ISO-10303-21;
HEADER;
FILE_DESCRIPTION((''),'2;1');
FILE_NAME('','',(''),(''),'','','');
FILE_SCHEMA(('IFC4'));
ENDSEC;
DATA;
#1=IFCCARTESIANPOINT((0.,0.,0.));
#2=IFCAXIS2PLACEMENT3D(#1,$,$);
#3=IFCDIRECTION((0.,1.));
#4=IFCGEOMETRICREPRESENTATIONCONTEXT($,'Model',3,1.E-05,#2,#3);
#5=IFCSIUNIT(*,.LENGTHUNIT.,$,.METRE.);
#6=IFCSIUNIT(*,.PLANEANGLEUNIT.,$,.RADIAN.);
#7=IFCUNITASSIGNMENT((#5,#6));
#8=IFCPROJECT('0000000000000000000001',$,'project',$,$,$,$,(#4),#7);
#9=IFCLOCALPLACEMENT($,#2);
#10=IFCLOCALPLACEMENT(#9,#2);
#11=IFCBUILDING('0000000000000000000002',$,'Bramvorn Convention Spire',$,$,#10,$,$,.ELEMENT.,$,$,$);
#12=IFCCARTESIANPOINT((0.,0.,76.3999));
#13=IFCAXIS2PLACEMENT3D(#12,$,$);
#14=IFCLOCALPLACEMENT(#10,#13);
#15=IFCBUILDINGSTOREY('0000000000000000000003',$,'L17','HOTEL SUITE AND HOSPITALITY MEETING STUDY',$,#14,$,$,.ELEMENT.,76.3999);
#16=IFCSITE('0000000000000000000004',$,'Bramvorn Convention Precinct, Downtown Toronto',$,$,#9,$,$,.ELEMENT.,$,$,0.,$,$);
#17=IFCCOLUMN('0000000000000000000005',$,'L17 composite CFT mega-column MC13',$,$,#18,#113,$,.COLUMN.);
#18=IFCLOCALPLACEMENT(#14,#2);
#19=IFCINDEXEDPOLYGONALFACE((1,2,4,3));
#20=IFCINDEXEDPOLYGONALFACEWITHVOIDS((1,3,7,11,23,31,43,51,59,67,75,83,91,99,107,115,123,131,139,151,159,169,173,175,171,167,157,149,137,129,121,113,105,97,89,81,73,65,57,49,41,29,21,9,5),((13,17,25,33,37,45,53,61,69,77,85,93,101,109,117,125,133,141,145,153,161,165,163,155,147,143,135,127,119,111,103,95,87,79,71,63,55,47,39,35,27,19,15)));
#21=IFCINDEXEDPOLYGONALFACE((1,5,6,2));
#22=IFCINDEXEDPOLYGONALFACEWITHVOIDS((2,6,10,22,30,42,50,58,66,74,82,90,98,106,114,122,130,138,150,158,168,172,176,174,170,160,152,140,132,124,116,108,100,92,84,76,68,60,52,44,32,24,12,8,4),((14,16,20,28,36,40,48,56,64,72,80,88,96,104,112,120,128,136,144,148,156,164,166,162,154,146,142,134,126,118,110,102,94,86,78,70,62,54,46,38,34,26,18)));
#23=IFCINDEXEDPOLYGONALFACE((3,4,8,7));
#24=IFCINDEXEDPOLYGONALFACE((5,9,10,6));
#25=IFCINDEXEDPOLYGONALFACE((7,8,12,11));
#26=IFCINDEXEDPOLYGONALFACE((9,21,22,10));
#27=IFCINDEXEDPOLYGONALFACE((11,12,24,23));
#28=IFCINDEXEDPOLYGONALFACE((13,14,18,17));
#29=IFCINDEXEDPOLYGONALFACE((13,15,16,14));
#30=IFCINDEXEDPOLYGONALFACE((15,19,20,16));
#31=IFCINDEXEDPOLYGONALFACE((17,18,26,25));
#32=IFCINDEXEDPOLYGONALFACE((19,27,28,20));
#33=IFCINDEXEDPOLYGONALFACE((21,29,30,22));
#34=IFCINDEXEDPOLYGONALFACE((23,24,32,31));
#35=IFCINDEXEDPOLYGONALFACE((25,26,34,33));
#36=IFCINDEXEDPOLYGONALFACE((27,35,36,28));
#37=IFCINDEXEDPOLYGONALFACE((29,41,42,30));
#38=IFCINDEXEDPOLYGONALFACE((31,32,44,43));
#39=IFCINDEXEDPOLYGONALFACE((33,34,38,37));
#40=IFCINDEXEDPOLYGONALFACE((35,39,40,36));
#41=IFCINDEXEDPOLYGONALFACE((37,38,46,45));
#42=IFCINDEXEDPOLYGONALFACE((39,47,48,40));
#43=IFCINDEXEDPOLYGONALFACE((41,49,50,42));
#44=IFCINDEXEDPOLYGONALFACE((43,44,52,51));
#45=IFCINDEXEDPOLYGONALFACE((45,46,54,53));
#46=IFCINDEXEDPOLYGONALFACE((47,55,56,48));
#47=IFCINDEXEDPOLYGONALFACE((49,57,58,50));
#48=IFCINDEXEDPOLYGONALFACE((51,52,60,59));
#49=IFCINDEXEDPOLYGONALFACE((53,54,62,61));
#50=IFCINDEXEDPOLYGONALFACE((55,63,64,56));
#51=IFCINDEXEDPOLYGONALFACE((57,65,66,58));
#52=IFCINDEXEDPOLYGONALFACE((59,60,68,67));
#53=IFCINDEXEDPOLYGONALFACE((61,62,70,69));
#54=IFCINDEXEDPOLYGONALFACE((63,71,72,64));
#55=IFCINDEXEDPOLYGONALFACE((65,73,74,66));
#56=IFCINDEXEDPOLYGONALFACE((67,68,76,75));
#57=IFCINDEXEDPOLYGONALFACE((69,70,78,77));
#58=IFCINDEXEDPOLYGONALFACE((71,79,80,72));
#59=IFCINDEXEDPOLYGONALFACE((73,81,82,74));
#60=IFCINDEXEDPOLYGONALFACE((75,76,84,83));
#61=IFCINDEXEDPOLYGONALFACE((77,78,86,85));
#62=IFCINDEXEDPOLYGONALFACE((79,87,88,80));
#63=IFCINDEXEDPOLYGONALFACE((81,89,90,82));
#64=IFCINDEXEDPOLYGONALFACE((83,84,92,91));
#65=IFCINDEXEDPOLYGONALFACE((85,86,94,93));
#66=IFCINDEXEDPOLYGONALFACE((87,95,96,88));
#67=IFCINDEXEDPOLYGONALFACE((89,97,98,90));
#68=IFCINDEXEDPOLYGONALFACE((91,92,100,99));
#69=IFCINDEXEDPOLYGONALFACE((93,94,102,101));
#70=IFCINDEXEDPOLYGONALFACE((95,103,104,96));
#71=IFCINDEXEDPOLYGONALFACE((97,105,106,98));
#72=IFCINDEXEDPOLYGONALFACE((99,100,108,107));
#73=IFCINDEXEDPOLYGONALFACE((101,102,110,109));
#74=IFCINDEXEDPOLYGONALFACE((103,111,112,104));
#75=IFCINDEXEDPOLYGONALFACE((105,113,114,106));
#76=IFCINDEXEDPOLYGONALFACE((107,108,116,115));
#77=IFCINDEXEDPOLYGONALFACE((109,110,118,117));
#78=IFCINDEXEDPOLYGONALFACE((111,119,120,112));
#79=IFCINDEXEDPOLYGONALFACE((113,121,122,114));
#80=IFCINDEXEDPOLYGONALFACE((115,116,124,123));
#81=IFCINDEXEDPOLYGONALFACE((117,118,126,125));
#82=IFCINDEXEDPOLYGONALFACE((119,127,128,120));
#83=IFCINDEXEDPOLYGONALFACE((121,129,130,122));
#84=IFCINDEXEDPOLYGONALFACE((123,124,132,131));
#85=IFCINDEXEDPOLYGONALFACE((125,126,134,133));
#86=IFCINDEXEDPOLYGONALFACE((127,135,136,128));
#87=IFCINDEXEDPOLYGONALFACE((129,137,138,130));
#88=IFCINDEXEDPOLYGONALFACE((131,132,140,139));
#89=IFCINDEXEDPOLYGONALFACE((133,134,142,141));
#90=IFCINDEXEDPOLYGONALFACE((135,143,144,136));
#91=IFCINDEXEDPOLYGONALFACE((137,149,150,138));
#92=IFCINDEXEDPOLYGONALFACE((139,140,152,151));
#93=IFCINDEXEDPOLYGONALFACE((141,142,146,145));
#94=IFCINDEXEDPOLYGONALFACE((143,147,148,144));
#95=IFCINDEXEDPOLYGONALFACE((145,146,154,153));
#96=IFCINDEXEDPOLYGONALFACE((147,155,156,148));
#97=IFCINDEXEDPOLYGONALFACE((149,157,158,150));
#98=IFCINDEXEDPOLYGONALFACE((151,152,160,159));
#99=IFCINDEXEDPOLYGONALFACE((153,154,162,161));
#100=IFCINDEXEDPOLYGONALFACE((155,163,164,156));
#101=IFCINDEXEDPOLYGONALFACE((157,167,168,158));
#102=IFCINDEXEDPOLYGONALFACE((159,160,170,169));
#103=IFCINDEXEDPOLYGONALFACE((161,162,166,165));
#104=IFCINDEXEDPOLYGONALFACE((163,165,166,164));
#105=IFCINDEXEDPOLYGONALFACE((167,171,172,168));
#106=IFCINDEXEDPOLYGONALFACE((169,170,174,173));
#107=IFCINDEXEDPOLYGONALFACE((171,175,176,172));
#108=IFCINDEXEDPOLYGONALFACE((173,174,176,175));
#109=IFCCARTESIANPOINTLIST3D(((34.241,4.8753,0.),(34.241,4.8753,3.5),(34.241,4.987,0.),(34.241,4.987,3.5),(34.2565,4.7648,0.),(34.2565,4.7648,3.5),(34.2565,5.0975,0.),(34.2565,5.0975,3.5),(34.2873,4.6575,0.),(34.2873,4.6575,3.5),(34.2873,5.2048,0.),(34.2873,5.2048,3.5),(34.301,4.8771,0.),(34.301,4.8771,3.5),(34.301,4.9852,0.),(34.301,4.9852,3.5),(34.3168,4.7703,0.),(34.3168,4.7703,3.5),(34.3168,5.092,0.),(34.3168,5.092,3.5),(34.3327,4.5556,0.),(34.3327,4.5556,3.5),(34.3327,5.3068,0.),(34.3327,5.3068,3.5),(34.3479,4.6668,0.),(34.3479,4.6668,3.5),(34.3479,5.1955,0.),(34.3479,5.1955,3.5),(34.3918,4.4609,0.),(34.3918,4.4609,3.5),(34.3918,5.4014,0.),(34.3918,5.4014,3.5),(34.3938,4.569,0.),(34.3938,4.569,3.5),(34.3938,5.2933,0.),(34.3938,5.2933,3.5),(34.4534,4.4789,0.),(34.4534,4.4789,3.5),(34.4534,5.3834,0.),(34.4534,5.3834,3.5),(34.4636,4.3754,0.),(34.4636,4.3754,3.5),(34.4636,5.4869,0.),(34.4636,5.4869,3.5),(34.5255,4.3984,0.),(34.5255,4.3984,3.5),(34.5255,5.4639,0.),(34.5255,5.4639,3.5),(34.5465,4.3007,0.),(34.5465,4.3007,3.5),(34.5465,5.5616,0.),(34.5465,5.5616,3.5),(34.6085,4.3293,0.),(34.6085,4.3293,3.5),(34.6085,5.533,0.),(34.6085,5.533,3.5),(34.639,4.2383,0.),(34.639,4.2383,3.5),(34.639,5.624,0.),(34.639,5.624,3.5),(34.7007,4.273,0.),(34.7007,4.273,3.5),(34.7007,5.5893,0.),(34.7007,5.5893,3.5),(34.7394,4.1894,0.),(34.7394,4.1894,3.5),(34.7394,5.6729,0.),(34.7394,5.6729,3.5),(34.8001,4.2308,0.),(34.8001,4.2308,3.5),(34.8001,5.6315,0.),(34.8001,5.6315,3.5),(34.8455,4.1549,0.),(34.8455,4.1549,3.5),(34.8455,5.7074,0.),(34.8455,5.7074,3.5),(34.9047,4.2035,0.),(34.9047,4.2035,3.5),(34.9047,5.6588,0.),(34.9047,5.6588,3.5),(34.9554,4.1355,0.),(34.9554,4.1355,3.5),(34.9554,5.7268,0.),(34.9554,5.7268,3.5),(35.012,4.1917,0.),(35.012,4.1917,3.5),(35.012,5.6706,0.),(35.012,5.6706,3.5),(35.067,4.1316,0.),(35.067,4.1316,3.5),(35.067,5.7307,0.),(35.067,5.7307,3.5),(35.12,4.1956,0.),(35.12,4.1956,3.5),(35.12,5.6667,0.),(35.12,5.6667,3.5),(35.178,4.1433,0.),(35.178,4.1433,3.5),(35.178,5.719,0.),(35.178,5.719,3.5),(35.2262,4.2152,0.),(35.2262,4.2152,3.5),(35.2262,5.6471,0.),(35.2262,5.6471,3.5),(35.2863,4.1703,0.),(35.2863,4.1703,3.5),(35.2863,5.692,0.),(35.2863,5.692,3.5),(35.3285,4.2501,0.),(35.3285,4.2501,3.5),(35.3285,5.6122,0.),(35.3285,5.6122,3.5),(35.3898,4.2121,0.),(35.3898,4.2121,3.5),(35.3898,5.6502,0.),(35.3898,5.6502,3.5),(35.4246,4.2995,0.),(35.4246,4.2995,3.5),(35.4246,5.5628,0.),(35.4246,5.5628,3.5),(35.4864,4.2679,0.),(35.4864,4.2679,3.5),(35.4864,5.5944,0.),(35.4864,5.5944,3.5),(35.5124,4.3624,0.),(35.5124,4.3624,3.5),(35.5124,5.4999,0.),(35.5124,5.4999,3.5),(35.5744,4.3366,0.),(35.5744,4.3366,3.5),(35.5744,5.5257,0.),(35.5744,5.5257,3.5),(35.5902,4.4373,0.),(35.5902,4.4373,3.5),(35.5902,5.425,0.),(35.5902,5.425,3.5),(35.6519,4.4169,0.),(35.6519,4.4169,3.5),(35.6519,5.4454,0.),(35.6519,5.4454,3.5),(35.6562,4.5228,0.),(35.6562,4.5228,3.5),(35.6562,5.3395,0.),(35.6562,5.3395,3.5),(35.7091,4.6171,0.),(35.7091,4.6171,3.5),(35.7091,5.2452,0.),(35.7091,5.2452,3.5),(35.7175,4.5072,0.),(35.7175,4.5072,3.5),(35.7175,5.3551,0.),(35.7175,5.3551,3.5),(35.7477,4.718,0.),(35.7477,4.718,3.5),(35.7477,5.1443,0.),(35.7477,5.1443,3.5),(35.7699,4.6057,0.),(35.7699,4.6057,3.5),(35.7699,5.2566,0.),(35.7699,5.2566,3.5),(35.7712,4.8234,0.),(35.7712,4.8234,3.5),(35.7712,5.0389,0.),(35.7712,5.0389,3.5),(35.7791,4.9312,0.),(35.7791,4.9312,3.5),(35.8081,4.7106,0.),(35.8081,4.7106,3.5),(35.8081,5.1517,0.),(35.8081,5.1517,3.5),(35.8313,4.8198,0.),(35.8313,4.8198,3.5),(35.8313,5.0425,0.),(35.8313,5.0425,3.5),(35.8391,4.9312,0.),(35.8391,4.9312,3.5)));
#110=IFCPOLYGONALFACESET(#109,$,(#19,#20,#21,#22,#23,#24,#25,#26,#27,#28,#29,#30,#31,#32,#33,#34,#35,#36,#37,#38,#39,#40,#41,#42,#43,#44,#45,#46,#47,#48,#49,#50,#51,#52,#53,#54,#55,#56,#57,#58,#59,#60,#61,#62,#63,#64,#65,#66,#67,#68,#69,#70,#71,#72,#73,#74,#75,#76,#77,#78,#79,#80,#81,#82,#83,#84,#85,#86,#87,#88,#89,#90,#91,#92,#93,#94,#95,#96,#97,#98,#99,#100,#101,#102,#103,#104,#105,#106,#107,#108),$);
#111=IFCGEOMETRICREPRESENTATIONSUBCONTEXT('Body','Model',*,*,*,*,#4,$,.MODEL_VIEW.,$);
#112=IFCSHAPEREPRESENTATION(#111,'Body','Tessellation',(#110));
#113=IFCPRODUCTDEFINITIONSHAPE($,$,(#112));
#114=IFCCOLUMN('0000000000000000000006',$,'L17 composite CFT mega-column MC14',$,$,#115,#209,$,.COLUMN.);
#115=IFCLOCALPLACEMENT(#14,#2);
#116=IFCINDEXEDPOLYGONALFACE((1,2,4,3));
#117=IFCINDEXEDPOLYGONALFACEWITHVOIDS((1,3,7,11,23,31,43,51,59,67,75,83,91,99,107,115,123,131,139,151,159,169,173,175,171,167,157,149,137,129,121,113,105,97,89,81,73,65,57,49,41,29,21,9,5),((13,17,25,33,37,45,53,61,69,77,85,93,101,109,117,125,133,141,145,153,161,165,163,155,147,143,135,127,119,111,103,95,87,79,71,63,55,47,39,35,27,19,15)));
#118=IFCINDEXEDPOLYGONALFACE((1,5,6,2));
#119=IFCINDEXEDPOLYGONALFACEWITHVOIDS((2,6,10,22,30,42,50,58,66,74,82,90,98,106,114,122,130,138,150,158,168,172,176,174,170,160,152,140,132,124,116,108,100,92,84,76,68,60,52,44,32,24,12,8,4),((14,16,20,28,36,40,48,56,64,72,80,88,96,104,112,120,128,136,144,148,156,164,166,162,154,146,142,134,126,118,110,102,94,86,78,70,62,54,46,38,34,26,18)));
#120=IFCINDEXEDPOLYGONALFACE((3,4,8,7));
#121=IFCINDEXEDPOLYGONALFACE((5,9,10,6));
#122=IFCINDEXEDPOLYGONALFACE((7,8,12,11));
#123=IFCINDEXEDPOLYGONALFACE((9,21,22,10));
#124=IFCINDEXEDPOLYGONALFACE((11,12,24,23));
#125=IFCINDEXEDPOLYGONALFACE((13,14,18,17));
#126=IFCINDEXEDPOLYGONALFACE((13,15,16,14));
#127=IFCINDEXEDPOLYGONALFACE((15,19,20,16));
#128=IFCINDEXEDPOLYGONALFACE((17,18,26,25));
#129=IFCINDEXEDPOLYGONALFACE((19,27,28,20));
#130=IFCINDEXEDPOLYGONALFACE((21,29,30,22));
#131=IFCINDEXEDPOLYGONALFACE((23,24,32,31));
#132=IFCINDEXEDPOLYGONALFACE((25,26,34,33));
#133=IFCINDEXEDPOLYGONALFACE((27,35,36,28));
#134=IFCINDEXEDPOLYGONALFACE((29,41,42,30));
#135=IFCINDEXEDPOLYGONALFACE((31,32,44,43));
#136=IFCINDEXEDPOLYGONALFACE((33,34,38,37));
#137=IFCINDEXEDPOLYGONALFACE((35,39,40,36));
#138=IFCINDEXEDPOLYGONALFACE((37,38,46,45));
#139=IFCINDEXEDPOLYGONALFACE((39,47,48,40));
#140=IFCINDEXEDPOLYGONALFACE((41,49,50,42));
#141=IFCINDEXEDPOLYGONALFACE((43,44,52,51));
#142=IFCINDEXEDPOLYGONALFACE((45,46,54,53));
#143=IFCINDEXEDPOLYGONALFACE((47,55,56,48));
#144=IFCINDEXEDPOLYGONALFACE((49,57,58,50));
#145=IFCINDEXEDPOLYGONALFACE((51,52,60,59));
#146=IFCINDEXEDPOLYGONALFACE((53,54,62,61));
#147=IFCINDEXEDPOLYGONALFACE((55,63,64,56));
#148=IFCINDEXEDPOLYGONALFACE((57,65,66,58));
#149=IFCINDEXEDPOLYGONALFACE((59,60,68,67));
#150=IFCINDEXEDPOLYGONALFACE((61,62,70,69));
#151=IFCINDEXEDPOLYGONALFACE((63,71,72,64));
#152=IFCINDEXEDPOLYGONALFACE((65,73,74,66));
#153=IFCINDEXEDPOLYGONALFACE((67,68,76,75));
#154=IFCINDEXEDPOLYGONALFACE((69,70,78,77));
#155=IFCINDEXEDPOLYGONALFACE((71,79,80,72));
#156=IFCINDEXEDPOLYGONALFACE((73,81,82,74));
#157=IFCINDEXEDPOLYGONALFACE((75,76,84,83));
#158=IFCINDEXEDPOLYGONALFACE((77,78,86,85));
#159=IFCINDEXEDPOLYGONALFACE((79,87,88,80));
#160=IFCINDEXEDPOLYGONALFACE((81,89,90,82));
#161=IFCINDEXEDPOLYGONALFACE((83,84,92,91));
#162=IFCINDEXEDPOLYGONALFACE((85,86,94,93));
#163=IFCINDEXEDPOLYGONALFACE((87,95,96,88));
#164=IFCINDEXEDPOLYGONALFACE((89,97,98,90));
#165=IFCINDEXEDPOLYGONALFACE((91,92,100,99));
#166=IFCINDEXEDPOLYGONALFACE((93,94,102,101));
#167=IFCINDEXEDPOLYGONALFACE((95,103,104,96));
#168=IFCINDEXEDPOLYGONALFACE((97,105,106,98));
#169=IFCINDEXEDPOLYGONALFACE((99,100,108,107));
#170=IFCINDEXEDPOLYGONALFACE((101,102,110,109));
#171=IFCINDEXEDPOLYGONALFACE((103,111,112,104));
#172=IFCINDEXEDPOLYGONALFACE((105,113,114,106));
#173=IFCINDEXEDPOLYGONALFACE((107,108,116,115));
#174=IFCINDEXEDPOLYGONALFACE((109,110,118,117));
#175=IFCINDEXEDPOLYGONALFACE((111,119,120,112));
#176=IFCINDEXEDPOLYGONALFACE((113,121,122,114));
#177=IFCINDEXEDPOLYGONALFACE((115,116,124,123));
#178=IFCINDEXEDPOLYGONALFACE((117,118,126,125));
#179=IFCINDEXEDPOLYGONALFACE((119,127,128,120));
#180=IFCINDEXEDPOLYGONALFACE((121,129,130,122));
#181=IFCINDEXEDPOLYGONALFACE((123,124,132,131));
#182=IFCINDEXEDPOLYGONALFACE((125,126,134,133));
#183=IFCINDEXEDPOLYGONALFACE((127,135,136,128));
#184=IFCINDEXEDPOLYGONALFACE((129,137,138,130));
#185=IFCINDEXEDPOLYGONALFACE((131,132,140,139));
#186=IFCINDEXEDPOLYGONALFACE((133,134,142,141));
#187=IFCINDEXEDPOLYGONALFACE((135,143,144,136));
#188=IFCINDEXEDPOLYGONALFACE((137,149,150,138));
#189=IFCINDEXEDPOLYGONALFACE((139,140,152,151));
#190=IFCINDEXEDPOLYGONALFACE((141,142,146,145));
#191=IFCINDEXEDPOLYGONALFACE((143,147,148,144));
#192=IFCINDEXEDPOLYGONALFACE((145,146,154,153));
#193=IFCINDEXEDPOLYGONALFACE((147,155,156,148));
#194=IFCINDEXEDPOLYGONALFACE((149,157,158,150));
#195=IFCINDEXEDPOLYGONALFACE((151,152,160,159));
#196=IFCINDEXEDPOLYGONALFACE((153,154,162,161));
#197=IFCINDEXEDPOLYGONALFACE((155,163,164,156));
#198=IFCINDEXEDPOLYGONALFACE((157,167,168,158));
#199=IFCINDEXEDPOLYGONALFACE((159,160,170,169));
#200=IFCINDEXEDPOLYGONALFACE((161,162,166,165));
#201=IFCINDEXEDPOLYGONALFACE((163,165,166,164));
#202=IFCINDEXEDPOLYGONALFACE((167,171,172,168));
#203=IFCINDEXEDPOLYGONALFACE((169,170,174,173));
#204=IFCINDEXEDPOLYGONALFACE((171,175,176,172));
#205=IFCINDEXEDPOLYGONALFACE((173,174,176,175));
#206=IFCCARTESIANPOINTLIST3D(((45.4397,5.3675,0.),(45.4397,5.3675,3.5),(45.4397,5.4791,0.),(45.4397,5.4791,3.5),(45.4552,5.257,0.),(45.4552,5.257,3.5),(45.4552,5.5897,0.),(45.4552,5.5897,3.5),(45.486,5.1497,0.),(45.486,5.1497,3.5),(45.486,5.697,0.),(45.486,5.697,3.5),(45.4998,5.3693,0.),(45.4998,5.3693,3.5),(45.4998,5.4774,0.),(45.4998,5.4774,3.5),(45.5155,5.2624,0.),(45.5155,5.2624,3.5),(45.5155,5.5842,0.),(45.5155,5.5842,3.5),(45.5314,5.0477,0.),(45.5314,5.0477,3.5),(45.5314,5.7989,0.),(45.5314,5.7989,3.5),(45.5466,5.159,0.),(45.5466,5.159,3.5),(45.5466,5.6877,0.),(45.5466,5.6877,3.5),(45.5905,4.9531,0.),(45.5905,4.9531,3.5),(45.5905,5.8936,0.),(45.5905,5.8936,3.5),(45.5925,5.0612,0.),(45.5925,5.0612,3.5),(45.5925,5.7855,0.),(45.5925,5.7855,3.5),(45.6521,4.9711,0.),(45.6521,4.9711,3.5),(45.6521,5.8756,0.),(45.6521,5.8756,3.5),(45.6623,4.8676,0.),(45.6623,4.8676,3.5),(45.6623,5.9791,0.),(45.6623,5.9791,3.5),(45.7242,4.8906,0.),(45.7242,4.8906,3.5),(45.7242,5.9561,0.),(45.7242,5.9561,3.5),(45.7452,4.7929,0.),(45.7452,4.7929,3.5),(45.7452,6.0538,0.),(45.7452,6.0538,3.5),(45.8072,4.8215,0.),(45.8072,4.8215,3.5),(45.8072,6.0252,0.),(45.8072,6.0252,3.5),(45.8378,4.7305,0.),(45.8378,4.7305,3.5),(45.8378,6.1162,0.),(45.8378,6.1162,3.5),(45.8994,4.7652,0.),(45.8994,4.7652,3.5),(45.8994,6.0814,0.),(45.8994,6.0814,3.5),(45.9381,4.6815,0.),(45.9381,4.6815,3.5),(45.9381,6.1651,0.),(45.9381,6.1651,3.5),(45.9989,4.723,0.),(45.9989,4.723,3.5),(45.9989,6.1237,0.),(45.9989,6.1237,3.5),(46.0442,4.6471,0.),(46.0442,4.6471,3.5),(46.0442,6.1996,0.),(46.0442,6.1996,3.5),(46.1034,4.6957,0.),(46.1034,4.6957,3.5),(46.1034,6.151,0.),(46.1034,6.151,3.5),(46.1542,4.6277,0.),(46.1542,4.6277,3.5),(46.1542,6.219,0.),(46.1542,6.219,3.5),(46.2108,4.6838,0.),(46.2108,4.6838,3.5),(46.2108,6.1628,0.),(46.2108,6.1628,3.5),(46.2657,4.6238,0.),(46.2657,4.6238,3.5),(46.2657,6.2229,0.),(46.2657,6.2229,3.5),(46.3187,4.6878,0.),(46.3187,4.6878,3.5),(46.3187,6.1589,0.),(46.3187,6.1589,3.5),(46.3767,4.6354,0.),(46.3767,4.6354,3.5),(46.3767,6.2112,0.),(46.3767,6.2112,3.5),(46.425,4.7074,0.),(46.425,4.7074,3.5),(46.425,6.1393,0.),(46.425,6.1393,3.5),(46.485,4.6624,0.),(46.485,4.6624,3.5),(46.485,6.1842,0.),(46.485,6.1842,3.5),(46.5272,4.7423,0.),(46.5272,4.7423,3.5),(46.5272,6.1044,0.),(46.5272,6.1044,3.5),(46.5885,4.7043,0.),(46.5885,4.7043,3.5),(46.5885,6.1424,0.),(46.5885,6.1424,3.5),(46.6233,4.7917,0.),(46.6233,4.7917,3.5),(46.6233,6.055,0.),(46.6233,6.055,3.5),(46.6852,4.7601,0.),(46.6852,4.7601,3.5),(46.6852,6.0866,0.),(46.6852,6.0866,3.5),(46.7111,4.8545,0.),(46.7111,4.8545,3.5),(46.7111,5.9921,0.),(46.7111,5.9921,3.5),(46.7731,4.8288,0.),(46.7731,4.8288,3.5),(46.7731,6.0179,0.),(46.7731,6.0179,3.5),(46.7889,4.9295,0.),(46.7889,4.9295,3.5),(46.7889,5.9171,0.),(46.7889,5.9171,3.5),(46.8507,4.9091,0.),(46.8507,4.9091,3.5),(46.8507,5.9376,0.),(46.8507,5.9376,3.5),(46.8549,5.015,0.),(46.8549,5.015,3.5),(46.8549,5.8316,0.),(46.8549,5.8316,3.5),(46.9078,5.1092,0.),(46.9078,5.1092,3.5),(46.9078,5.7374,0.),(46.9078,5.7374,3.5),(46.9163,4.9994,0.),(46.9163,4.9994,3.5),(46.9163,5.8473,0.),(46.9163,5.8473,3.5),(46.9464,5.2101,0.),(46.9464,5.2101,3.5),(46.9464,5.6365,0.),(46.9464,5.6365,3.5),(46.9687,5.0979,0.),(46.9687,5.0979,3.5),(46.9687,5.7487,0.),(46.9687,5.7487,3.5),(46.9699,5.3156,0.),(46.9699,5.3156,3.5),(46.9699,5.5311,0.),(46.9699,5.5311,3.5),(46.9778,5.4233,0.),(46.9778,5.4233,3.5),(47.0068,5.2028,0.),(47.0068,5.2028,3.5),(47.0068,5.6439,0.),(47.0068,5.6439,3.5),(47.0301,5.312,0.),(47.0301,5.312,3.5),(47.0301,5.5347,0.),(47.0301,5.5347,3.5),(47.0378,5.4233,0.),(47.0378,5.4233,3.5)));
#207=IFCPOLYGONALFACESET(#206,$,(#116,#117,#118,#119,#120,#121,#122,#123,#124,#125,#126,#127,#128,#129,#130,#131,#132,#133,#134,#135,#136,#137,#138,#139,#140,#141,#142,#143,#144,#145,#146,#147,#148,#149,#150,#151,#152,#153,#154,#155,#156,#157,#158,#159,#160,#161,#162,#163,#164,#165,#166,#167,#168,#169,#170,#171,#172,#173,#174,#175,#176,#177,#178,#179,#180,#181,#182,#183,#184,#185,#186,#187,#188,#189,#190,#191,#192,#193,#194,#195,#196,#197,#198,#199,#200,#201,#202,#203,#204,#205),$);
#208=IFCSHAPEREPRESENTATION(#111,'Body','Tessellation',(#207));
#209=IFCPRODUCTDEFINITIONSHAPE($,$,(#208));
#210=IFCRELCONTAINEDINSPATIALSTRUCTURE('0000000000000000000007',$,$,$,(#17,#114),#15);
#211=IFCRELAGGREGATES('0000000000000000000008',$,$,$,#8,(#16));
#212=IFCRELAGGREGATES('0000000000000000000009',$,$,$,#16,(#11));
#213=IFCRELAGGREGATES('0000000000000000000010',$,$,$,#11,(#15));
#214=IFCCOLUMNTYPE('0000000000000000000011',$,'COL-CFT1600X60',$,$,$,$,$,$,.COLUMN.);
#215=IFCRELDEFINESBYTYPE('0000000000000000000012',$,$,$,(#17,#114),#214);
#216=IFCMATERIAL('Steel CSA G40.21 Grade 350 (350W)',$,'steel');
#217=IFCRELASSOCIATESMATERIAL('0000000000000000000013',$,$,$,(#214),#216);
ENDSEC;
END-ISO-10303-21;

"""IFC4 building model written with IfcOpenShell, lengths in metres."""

from ifc_helpers import new_model, si_unit, direction, frame, origin, origin_2d, place, context, subcontext, project, spatial, hollow_circle, extrude, material, material_profile, profile_set, type_object, element, save


model = new_model("IFC4")

# Units and contexts
model_context = context("Model", 3, precision=1e-05, world=origin(), true_north=direction((0.0, 1.0)))
body_context = subcontext(model_context, "Body", "Model", "MODEL_VIEW")
ifc_project = project(units=[si_unit("LENGTHUNIT", "METRE"), si_unit("PLANEANGLEUNIT", "RADIAN")], contexts=[model_context])

# Site, building, storey
site_placement = place(None, origin())
site = spatial("IfcSite", under=ifc_project, at=site_placement, Name="Bramvorn Convention Precinct, Downtown Toronto", CompositionType="ELEMENT", RefElevation=0.0)
building_placement = place(site_placement, origin())
building = spatial("IfcBuilding", under=site, at=building_placement, Name="Bramvorn Convention Spire", CompositionType="ELEMENT")
storey_placement = place(building_placement, frame((0.0, 0.0, 76.3999)))
storey = spatial("IfcBuildingStorey", under=building, at=storey_placement, Name="L17", Description="HOTEL SUITE AND HOSPITALITY MEETING STUDY", CompositionType="ELEMENT", Elevation=76.3999)

# Columns
ifc_material_1 = material(Name="Steel CSA G40.21 Grade 350 (350W)", Category="steel")
ifc_material_profile_1 = material_profile(ifc_material_1, hollow_circle(Radius=0.8, WallThickness=0.0601, at=origin_2d()))
ifc_profile_set_1 = profile_set([ifc_material_profile_1], Name="Steel CSA G40.21 Grade 350 (350W) - CFT1600X60")
column_type = type_object("IfcColumnType", Name="COL-CFT1600X60", PredefinedType="COLUMN", material=ifc_profile_set_1)
for number, where, z_axis, x_axis, name in (
    (1, (35.0391, 4.9312, 0.0), (0.0, 0.0, 1.0), (1.0, 0.0, 0.0), "L17 composite CFT mega-column MC13"),
    (2, (46.2378, 5.4233, 0.0), (0.0, 0.0, 1.0), (1.0, 0.0, 0.0), "L17 composite CFT mega-column MC14"),
):
    element("IfcColumn", number, at=place(storey_placement, frame(where, z_axis=z_axis, x_axis=x_axis)), inside=storey, type_object=column_type, Name=name, PredefinedType="COLUMN", context=body_context, shape_type="SweptSolid", body=[
        extrude(hollow_circle(Radius=0.8, WallThickness=0.0601, at=origin_2d()), origin(), (0.0, 0.0, 1.0), 3.5),
    ])

save(model, "model.ifc")
